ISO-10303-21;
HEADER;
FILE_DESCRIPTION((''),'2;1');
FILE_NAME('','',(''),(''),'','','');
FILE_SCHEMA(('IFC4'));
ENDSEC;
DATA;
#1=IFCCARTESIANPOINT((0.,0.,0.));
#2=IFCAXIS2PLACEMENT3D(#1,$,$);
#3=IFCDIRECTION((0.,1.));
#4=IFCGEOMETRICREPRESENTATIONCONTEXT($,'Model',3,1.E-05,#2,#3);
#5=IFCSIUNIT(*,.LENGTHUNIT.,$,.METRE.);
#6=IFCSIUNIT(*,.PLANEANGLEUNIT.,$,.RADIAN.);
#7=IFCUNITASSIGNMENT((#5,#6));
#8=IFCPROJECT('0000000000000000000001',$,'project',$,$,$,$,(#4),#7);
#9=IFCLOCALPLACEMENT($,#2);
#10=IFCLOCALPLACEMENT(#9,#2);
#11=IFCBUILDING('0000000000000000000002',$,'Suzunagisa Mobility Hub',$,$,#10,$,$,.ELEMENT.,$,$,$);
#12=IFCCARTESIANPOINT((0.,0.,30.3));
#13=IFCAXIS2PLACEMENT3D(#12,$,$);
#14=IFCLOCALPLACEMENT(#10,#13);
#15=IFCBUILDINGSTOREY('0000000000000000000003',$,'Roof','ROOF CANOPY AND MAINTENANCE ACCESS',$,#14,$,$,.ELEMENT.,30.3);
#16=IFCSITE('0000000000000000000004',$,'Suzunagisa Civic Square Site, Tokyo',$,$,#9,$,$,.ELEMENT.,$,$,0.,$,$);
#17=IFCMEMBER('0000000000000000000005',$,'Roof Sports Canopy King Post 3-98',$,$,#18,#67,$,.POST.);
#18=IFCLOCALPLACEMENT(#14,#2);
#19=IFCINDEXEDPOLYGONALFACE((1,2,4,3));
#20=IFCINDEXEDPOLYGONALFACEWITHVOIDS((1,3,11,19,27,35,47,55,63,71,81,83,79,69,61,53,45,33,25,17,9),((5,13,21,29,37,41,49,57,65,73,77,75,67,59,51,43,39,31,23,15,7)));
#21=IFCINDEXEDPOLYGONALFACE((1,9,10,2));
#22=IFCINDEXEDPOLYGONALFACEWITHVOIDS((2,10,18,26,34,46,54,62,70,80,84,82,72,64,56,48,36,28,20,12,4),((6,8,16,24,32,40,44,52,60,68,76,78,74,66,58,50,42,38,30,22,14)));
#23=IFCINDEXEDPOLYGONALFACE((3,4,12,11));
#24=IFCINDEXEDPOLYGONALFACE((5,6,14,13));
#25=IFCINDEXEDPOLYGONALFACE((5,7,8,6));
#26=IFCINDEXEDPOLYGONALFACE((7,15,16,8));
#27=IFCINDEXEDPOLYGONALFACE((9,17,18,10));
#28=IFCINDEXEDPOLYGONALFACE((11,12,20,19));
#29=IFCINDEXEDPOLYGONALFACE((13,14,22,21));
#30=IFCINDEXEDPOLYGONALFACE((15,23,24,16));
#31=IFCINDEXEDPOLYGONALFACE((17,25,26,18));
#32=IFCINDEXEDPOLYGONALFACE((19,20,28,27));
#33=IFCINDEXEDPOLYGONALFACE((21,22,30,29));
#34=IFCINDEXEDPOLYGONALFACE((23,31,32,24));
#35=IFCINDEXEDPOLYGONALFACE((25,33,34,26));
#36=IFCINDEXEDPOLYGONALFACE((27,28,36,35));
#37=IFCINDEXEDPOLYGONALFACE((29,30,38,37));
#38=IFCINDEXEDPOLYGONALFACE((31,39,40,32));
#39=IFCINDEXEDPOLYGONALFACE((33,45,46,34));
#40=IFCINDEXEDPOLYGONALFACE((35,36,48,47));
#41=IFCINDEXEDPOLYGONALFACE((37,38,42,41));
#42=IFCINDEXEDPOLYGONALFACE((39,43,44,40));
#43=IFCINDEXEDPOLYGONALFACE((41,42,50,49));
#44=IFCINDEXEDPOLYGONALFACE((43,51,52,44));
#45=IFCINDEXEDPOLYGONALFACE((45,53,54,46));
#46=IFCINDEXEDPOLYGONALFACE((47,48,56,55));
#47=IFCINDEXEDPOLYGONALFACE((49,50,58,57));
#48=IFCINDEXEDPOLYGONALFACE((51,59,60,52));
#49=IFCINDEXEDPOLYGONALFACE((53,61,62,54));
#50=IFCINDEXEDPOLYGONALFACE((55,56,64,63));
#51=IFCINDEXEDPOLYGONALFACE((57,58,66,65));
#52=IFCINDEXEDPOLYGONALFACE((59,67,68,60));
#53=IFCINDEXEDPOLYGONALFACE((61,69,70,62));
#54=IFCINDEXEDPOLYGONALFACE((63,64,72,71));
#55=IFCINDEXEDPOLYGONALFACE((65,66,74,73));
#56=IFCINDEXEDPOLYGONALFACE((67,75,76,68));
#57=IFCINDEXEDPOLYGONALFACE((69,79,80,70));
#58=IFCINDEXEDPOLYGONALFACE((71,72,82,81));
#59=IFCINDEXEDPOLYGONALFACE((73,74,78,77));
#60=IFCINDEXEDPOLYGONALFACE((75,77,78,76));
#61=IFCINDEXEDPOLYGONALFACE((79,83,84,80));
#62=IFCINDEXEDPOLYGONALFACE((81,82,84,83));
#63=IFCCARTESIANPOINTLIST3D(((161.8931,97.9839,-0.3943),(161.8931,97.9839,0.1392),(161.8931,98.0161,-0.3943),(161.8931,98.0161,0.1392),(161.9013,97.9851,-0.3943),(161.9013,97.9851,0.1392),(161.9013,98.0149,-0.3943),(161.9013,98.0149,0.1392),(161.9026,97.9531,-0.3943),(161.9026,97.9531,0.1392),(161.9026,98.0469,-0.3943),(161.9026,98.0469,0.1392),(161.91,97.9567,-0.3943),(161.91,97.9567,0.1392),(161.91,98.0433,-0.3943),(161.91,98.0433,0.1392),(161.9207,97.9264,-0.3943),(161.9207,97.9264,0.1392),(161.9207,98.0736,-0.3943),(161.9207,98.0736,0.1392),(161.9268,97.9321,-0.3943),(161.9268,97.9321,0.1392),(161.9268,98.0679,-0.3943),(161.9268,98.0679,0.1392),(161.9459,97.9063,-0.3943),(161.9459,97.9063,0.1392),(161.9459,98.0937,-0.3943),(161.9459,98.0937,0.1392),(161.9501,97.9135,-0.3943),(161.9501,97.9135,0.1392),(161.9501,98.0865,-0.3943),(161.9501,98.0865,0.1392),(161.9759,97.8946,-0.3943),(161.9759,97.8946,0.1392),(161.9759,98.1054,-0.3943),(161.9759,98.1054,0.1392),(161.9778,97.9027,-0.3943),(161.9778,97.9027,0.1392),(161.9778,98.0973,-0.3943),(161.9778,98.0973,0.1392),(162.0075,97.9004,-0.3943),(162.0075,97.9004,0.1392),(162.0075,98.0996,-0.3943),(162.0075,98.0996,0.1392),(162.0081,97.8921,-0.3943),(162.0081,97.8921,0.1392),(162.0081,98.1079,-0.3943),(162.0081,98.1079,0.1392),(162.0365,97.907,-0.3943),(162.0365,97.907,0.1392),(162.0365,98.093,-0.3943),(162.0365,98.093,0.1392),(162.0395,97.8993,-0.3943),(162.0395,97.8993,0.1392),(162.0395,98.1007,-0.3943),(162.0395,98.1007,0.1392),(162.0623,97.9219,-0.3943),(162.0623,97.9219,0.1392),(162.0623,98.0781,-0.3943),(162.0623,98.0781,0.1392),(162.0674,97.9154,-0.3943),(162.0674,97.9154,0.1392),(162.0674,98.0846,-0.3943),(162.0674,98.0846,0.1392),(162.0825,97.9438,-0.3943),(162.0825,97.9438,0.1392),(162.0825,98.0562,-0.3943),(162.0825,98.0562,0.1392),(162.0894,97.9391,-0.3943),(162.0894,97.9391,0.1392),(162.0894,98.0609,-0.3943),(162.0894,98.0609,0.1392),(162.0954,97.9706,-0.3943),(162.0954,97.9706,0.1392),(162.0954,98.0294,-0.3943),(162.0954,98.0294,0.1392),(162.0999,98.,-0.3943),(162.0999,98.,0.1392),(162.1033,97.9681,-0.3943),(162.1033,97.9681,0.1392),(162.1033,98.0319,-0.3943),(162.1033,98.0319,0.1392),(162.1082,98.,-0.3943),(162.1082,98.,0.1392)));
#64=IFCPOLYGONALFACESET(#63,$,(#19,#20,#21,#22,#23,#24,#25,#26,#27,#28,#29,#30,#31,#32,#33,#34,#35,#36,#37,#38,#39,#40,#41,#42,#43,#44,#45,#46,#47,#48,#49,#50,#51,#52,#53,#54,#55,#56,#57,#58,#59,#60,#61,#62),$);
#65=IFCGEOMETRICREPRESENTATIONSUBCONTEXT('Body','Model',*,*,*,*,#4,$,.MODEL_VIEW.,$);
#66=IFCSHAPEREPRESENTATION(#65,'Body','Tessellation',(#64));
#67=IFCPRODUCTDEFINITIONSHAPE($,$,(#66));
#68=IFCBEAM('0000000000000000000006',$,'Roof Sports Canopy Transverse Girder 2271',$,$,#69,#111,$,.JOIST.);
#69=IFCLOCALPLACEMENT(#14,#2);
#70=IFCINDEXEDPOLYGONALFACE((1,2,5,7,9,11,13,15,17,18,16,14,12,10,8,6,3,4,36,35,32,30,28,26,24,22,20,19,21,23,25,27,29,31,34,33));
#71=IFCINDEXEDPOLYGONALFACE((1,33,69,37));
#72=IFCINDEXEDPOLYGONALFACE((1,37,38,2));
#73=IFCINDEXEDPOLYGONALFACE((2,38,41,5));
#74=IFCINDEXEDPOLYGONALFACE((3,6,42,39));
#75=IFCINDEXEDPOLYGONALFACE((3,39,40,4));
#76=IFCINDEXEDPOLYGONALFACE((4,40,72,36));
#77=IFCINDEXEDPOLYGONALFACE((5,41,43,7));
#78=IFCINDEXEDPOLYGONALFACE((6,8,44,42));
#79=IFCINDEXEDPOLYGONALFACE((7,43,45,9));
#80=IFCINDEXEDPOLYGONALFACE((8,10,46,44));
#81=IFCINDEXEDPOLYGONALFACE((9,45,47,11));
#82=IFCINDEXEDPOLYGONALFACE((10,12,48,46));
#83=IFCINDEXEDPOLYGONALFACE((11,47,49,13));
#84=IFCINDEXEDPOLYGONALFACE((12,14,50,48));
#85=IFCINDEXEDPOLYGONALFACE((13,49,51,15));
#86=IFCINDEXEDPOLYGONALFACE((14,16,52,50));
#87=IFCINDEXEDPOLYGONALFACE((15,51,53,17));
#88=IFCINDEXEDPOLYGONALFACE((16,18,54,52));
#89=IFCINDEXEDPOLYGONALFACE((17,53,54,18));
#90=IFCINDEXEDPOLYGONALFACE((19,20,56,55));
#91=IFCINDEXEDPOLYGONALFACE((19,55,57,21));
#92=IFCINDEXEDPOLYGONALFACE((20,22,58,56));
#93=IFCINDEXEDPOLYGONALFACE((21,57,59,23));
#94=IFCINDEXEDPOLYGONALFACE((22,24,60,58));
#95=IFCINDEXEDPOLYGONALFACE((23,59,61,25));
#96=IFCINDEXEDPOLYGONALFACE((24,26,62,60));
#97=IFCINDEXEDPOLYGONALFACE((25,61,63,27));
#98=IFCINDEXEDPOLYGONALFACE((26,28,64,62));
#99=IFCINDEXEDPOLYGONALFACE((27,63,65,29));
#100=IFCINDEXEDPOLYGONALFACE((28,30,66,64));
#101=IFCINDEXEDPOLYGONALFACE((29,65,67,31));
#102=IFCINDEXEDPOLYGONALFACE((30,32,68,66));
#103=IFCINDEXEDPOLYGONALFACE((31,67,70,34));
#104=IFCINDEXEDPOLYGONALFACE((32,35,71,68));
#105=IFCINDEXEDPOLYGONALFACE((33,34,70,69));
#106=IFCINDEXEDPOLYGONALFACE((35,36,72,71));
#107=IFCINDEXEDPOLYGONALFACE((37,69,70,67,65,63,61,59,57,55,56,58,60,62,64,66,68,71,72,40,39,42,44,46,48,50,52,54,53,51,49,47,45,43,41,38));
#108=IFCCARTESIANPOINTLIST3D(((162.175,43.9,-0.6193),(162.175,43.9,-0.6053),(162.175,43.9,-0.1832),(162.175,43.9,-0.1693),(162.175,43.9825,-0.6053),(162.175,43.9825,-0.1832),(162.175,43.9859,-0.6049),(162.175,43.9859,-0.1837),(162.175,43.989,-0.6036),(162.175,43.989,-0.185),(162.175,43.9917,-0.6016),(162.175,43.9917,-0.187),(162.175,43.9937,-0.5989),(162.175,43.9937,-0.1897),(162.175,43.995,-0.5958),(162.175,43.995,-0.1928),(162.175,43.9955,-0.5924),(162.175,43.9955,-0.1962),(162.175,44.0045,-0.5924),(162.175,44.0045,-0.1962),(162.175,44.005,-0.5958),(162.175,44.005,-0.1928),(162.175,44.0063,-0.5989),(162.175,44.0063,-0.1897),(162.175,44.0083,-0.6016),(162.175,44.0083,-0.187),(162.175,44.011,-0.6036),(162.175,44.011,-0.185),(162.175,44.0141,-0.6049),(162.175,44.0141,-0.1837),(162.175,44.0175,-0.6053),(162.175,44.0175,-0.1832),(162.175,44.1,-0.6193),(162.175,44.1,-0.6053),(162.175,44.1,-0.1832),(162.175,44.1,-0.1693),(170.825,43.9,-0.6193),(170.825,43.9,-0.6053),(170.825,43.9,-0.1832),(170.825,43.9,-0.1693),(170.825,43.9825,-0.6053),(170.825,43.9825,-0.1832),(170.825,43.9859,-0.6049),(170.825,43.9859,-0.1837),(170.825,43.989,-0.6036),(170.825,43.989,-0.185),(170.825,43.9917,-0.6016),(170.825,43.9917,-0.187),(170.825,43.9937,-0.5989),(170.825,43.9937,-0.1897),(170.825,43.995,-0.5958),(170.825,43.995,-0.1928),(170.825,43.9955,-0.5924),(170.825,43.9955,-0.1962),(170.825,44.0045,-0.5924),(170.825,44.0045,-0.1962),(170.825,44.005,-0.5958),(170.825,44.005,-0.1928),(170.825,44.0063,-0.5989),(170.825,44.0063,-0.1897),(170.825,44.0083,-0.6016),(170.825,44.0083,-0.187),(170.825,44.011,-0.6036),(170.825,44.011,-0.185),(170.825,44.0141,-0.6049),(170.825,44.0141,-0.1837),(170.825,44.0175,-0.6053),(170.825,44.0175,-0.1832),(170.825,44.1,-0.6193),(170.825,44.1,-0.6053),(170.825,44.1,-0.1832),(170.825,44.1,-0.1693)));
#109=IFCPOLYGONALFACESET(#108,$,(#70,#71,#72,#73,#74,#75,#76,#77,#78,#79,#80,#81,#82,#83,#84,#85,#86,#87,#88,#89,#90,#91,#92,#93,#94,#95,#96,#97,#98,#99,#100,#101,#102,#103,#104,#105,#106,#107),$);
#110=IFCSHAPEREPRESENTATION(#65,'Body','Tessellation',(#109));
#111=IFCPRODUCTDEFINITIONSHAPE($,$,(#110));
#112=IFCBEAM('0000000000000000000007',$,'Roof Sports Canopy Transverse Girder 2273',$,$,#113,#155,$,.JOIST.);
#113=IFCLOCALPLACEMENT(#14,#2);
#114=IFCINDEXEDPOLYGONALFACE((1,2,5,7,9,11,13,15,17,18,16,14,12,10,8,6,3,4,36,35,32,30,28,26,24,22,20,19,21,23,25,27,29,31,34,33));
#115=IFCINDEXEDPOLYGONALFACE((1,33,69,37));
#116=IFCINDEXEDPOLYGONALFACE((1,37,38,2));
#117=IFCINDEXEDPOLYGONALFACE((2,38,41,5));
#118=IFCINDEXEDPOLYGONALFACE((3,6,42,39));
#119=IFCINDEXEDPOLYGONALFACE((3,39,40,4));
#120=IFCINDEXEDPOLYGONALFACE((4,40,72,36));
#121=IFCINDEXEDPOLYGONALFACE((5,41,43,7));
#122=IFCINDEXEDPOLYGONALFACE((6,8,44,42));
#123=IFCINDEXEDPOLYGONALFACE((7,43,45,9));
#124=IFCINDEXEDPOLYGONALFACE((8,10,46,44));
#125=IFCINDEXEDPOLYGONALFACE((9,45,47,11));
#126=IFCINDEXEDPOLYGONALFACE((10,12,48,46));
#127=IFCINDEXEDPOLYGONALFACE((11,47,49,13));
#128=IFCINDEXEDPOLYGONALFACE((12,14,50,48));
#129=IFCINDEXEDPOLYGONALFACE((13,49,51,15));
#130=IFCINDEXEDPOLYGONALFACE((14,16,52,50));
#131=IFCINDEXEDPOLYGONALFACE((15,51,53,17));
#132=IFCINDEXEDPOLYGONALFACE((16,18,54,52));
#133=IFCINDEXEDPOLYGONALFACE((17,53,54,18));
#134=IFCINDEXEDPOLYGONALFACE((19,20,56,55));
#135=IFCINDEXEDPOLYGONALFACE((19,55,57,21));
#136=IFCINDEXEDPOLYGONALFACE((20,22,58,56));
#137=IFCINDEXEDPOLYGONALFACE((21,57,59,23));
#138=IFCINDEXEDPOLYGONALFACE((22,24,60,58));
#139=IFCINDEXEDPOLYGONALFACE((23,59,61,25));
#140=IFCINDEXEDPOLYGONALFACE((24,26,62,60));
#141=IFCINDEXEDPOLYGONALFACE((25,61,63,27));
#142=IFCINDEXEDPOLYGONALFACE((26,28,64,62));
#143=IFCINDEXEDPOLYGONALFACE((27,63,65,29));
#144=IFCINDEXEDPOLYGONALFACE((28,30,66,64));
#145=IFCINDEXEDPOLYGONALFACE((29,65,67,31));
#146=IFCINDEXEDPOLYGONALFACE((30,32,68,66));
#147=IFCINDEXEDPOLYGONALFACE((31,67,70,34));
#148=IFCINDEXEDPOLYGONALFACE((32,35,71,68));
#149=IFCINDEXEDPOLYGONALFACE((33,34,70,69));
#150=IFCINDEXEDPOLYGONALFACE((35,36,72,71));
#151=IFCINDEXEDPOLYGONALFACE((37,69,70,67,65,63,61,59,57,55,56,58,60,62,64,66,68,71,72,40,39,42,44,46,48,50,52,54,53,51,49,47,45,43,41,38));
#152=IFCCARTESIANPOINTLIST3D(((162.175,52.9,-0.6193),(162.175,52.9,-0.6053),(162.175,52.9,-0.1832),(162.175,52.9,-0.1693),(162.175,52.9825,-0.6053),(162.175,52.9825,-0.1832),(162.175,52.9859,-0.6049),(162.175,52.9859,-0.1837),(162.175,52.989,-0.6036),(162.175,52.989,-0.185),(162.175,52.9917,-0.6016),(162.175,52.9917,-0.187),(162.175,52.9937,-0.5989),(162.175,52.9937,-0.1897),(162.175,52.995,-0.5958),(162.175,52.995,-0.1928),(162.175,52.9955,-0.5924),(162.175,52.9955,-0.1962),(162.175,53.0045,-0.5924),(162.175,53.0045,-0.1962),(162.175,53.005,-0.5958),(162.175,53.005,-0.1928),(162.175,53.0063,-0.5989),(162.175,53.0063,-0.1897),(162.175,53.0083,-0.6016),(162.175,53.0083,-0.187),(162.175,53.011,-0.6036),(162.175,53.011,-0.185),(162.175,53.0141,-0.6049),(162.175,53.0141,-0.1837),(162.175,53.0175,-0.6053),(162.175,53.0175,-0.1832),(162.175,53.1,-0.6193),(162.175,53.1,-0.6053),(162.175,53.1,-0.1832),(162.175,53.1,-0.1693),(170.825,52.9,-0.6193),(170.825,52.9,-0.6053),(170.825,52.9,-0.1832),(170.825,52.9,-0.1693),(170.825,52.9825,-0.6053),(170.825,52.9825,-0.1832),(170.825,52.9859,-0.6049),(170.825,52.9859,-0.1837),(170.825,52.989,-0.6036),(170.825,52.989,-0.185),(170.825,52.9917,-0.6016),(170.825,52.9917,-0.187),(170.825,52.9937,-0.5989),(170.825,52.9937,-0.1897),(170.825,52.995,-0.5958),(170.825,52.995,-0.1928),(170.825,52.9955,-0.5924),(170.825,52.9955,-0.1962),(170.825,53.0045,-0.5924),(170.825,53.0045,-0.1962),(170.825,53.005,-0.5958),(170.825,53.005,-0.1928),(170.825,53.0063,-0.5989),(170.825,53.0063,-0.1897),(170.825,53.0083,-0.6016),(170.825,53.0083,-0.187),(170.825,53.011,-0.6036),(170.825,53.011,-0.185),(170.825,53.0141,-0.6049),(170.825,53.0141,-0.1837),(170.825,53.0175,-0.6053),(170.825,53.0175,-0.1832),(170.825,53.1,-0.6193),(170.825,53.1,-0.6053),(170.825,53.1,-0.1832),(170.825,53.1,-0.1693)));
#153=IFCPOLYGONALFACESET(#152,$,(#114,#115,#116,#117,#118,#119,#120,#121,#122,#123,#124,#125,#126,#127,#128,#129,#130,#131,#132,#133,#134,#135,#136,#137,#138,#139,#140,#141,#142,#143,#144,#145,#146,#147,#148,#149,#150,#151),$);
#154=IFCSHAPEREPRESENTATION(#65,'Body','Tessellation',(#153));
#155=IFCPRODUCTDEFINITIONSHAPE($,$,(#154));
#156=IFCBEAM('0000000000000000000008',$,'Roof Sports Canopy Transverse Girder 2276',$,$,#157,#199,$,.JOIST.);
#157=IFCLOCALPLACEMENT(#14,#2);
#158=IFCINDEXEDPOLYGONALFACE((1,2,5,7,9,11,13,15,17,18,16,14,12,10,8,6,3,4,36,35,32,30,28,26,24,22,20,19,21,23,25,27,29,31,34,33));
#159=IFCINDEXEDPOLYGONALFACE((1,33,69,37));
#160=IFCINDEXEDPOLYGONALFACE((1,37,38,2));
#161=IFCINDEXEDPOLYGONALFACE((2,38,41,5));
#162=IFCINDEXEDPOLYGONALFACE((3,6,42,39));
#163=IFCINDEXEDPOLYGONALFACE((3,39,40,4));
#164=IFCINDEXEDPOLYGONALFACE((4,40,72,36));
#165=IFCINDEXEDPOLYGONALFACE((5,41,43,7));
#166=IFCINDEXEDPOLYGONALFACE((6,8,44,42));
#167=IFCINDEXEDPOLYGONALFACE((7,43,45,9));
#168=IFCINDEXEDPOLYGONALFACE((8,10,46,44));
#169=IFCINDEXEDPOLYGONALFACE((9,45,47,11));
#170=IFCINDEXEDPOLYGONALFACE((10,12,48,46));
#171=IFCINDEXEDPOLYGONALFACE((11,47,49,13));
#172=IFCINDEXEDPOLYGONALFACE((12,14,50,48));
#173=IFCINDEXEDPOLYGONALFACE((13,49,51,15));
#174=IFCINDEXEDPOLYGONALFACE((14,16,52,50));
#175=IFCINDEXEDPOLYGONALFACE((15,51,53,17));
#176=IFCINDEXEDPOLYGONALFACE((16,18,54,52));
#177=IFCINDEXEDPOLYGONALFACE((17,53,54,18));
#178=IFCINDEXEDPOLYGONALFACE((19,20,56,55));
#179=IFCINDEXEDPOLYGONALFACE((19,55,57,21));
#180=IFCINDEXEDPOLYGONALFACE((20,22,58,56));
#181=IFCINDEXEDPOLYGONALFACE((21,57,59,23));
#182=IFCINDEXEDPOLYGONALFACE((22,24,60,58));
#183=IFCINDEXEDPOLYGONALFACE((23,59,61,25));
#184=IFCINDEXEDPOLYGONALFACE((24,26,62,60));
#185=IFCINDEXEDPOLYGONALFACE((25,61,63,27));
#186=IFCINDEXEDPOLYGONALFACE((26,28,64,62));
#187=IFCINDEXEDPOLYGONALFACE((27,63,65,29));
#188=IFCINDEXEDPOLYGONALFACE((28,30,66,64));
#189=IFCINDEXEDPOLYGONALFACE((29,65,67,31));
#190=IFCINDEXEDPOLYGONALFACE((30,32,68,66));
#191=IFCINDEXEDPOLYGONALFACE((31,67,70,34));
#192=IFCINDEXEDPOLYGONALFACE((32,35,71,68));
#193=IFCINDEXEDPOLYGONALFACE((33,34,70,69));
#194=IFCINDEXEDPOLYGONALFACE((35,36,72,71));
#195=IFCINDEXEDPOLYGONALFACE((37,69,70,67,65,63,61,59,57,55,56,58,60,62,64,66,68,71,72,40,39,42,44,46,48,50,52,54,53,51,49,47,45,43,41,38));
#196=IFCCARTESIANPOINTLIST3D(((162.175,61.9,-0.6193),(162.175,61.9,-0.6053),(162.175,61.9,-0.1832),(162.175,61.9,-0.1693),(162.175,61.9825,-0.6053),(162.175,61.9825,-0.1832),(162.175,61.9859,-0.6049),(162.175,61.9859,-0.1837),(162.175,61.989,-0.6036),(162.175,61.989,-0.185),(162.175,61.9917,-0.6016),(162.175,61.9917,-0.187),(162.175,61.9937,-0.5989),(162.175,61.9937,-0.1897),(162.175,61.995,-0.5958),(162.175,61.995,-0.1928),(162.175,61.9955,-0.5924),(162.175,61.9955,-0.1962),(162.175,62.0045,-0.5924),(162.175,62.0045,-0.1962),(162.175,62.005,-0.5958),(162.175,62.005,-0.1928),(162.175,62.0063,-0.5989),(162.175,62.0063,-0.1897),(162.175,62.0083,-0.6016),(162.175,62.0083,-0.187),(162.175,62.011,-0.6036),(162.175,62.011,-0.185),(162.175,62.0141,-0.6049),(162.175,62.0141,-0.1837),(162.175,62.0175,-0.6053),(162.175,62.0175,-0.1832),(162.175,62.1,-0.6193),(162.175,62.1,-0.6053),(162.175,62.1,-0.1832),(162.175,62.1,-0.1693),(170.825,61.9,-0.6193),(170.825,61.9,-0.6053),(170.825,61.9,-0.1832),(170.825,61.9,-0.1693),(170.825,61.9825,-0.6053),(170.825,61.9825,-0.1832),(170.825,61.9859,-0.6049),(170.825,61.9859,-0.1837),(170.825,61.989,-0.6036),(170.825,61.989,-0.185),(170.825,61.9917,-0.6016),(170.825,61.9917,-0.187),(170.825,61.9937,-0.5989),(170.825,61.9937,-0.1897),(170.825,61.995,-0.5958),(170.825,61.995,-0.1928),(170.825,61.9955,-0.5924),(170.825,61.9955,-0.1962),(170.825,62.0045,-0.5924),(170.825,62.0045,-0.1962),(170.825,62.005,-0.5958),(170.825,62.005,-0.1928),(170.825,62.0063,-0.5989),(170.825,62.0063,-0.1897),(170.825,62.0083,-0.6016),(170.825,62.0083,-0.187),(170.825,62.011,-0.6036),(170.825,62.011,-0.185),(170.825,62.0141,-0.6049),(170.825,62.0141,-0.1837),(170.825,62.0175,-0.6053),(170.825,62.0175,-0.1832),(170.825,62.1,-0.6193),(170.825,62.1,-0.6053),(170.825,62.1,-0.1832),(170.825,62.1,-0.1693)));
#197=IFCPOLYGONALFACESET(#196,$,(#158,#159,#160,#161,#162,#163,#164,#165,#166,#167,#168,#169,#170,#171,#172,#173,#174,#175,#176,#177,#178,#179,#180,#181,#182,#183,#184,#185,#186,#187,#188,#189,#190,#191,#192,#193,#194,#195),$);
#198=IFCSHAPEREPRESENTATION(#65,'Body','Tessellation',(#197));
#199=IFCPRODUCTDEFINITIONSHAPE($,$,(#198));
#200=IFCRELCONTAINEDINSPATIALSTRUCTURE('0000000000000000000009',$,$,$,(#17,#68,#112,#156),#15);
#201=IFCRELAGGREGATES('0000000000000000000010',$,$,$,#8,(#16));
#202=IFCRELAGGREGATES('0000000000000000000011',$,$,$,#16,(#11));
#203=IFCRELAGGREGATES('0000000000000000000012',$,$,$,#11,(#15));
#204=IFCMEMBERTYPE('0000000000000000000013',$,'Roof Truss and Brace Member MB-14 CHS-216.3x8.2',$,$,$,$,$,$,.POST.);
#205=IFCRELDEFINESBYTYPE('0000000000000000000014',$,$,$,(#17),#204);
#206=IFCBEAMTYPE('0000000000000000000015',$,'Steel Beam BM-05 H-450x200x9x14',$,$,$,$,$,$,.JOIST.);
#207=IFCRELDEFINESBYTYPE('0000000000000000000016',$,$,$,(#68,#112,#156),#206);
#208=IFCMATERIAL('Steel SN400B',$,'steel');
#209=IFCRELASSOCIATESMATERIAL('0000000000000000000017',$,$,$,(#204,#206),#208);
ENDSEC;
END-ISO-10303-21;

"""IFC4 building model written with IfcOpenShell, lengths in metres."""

from ifc_helpers import new_model, si_unit, direction, frame, origin, origin_2d, place, context, subcontext, project, spatial, hollow_circle, i_section, extrude, material, material_profile, profile_set, type_object, element, save


model = new_model("IFC4")

# Units and contexts
model_context = context("Model", 3, precision=1e-05, world=origin(), true_north=direction((0.0, 1.0)))
body_context = subcontext(model_context, "Body", "Model", "MODEL_VIEW")
ifc_project = project(units=[si_unit("LENGTHUNIT", "METRE"), si_unit("PLANEANGLEUNIT", "RADIAN")], contexts=[model_context])

# Site, building, storey
site_placement = place(None, origin())
site = spatial("IfcSite", under=ifc_project, at=site_placement, Name="Suzunagisa Civic Square Site, Tokyo", CompositionType="ELEMENT", RefElevation=0.0)
building_placement = place(site_placement, origin())
building = spatial("IfcBuilding", under=site, at=building_placement, Name="Suzunagisa Mobility Hub", CompositionType="ELEMENT")
storey_placement = place(building_placement, frame((0.0, 0.0, 30.3)))
storey = spatial("IfcBuildingStorey", under=building, at=storey_placement, Name="Roof", Description="ROOF CANOPY AND MAINTENANCE ACCESS", CompositionType="ELEMENT", Elevation=30.3)

# Member
ifc_material_1 = material(Name="Steel SN400B", Category="steel")
ifc_material_profile_1 = material_profile(ifc_material_1, hollow_circle(Radius=0.1082, WallThickness=0.0083, at=origin_2d()), Name="CHS-216.3x8.2")
ifc_profile_set_1 = profile_set([ifc_material_profile_1], Name="Steel SN400B")
member_type_1 = type_object("IfcMemberType", Name="Roof Truss and Brace Member MB-14 CHS-216.3x8.2", PredefinedType="POST", material=ifc_profile_set_1)
for number, where, z_axis, x_axis, name in (
    (1, (162.0, 98.0, -0.3943), (0.0, 0.0, 1.0), (1.0, 0.0, 0.0), "Roof Sports Canopy King Post 3-98"),
):
    element("IfcMember", number, at=place(storey_placement, frame(where, z_axis=z_axis, x_axis=x_axis)), inside=storey, type_object=member_type_1, Name=name, PredefinedType="POST", context=body_context, shape_type="SweptSolid", body=[
        extrude(hollow_circle(Radius=0.1082, WallThickness=0.0083, at=origin_2d()), origin(), (0.0, 0.0, 1.0), 0.5334),
    ])

# Beams
ifc_material_profile_2 = material_profile(ifc_material_1, i_section(OverallWidth=0.2, OverallDepth=0.45, WebThickness=0.009, FlangeThickness=0.0139, FilletRadius=0.0129, at=origin_2d()), Name="H-450x200x9x14")
ifc_profile_set_2 = profile_set([ifc_material_profile_2], Name="Steel SN400B")
beam_type = type_object("IfcBeamType", Name="Steel Beam BM-05 H-450x200x9x14", PredefinedType="JOIST", material=ifc_profile_set_2)
for number, where, z_axis, x_axis, name in (
    (2, (162.175, 44.0, -0.3943), (1.0, 0.0, 0.0), (0.0, 1.0, 0.0), "Roof Sports Canopy Transverse Girder 2271"),
    (3, (162.175, 53.0, -0.3943), (1.0, 0.0, 0.0), (0.0, 1.0, 0.0), "Roof Sports Canopy Transverse Girder 2273"),
    (4, (162.175, 62.0, -0.3943), (1.0, 0.0, 0.0), (0.0, 1.0, 0.0), "Roof Sports Canopy Transverse Girder 2276"),
):
    element("IfcBeam", number, at=place(storey_placement, frame(where, z_axis=z_axis, x_axis=x_axis)), inside=storey, type_object=beam_type, Name=name, PredefinedType="JOIST", context=body_context, shape_type="SweptSolid", body=[
        extrude(i_section(OverallWidth=0.2, OverallDepth=0.45, WebThickness=0.009, FlangeThickness=0.0139, FilletRadius=0.0129, at=origin_2d()), origin(), (0.0, 0.0, 1.0), 8.6499),
    ])

save(model, "model.ifc")
